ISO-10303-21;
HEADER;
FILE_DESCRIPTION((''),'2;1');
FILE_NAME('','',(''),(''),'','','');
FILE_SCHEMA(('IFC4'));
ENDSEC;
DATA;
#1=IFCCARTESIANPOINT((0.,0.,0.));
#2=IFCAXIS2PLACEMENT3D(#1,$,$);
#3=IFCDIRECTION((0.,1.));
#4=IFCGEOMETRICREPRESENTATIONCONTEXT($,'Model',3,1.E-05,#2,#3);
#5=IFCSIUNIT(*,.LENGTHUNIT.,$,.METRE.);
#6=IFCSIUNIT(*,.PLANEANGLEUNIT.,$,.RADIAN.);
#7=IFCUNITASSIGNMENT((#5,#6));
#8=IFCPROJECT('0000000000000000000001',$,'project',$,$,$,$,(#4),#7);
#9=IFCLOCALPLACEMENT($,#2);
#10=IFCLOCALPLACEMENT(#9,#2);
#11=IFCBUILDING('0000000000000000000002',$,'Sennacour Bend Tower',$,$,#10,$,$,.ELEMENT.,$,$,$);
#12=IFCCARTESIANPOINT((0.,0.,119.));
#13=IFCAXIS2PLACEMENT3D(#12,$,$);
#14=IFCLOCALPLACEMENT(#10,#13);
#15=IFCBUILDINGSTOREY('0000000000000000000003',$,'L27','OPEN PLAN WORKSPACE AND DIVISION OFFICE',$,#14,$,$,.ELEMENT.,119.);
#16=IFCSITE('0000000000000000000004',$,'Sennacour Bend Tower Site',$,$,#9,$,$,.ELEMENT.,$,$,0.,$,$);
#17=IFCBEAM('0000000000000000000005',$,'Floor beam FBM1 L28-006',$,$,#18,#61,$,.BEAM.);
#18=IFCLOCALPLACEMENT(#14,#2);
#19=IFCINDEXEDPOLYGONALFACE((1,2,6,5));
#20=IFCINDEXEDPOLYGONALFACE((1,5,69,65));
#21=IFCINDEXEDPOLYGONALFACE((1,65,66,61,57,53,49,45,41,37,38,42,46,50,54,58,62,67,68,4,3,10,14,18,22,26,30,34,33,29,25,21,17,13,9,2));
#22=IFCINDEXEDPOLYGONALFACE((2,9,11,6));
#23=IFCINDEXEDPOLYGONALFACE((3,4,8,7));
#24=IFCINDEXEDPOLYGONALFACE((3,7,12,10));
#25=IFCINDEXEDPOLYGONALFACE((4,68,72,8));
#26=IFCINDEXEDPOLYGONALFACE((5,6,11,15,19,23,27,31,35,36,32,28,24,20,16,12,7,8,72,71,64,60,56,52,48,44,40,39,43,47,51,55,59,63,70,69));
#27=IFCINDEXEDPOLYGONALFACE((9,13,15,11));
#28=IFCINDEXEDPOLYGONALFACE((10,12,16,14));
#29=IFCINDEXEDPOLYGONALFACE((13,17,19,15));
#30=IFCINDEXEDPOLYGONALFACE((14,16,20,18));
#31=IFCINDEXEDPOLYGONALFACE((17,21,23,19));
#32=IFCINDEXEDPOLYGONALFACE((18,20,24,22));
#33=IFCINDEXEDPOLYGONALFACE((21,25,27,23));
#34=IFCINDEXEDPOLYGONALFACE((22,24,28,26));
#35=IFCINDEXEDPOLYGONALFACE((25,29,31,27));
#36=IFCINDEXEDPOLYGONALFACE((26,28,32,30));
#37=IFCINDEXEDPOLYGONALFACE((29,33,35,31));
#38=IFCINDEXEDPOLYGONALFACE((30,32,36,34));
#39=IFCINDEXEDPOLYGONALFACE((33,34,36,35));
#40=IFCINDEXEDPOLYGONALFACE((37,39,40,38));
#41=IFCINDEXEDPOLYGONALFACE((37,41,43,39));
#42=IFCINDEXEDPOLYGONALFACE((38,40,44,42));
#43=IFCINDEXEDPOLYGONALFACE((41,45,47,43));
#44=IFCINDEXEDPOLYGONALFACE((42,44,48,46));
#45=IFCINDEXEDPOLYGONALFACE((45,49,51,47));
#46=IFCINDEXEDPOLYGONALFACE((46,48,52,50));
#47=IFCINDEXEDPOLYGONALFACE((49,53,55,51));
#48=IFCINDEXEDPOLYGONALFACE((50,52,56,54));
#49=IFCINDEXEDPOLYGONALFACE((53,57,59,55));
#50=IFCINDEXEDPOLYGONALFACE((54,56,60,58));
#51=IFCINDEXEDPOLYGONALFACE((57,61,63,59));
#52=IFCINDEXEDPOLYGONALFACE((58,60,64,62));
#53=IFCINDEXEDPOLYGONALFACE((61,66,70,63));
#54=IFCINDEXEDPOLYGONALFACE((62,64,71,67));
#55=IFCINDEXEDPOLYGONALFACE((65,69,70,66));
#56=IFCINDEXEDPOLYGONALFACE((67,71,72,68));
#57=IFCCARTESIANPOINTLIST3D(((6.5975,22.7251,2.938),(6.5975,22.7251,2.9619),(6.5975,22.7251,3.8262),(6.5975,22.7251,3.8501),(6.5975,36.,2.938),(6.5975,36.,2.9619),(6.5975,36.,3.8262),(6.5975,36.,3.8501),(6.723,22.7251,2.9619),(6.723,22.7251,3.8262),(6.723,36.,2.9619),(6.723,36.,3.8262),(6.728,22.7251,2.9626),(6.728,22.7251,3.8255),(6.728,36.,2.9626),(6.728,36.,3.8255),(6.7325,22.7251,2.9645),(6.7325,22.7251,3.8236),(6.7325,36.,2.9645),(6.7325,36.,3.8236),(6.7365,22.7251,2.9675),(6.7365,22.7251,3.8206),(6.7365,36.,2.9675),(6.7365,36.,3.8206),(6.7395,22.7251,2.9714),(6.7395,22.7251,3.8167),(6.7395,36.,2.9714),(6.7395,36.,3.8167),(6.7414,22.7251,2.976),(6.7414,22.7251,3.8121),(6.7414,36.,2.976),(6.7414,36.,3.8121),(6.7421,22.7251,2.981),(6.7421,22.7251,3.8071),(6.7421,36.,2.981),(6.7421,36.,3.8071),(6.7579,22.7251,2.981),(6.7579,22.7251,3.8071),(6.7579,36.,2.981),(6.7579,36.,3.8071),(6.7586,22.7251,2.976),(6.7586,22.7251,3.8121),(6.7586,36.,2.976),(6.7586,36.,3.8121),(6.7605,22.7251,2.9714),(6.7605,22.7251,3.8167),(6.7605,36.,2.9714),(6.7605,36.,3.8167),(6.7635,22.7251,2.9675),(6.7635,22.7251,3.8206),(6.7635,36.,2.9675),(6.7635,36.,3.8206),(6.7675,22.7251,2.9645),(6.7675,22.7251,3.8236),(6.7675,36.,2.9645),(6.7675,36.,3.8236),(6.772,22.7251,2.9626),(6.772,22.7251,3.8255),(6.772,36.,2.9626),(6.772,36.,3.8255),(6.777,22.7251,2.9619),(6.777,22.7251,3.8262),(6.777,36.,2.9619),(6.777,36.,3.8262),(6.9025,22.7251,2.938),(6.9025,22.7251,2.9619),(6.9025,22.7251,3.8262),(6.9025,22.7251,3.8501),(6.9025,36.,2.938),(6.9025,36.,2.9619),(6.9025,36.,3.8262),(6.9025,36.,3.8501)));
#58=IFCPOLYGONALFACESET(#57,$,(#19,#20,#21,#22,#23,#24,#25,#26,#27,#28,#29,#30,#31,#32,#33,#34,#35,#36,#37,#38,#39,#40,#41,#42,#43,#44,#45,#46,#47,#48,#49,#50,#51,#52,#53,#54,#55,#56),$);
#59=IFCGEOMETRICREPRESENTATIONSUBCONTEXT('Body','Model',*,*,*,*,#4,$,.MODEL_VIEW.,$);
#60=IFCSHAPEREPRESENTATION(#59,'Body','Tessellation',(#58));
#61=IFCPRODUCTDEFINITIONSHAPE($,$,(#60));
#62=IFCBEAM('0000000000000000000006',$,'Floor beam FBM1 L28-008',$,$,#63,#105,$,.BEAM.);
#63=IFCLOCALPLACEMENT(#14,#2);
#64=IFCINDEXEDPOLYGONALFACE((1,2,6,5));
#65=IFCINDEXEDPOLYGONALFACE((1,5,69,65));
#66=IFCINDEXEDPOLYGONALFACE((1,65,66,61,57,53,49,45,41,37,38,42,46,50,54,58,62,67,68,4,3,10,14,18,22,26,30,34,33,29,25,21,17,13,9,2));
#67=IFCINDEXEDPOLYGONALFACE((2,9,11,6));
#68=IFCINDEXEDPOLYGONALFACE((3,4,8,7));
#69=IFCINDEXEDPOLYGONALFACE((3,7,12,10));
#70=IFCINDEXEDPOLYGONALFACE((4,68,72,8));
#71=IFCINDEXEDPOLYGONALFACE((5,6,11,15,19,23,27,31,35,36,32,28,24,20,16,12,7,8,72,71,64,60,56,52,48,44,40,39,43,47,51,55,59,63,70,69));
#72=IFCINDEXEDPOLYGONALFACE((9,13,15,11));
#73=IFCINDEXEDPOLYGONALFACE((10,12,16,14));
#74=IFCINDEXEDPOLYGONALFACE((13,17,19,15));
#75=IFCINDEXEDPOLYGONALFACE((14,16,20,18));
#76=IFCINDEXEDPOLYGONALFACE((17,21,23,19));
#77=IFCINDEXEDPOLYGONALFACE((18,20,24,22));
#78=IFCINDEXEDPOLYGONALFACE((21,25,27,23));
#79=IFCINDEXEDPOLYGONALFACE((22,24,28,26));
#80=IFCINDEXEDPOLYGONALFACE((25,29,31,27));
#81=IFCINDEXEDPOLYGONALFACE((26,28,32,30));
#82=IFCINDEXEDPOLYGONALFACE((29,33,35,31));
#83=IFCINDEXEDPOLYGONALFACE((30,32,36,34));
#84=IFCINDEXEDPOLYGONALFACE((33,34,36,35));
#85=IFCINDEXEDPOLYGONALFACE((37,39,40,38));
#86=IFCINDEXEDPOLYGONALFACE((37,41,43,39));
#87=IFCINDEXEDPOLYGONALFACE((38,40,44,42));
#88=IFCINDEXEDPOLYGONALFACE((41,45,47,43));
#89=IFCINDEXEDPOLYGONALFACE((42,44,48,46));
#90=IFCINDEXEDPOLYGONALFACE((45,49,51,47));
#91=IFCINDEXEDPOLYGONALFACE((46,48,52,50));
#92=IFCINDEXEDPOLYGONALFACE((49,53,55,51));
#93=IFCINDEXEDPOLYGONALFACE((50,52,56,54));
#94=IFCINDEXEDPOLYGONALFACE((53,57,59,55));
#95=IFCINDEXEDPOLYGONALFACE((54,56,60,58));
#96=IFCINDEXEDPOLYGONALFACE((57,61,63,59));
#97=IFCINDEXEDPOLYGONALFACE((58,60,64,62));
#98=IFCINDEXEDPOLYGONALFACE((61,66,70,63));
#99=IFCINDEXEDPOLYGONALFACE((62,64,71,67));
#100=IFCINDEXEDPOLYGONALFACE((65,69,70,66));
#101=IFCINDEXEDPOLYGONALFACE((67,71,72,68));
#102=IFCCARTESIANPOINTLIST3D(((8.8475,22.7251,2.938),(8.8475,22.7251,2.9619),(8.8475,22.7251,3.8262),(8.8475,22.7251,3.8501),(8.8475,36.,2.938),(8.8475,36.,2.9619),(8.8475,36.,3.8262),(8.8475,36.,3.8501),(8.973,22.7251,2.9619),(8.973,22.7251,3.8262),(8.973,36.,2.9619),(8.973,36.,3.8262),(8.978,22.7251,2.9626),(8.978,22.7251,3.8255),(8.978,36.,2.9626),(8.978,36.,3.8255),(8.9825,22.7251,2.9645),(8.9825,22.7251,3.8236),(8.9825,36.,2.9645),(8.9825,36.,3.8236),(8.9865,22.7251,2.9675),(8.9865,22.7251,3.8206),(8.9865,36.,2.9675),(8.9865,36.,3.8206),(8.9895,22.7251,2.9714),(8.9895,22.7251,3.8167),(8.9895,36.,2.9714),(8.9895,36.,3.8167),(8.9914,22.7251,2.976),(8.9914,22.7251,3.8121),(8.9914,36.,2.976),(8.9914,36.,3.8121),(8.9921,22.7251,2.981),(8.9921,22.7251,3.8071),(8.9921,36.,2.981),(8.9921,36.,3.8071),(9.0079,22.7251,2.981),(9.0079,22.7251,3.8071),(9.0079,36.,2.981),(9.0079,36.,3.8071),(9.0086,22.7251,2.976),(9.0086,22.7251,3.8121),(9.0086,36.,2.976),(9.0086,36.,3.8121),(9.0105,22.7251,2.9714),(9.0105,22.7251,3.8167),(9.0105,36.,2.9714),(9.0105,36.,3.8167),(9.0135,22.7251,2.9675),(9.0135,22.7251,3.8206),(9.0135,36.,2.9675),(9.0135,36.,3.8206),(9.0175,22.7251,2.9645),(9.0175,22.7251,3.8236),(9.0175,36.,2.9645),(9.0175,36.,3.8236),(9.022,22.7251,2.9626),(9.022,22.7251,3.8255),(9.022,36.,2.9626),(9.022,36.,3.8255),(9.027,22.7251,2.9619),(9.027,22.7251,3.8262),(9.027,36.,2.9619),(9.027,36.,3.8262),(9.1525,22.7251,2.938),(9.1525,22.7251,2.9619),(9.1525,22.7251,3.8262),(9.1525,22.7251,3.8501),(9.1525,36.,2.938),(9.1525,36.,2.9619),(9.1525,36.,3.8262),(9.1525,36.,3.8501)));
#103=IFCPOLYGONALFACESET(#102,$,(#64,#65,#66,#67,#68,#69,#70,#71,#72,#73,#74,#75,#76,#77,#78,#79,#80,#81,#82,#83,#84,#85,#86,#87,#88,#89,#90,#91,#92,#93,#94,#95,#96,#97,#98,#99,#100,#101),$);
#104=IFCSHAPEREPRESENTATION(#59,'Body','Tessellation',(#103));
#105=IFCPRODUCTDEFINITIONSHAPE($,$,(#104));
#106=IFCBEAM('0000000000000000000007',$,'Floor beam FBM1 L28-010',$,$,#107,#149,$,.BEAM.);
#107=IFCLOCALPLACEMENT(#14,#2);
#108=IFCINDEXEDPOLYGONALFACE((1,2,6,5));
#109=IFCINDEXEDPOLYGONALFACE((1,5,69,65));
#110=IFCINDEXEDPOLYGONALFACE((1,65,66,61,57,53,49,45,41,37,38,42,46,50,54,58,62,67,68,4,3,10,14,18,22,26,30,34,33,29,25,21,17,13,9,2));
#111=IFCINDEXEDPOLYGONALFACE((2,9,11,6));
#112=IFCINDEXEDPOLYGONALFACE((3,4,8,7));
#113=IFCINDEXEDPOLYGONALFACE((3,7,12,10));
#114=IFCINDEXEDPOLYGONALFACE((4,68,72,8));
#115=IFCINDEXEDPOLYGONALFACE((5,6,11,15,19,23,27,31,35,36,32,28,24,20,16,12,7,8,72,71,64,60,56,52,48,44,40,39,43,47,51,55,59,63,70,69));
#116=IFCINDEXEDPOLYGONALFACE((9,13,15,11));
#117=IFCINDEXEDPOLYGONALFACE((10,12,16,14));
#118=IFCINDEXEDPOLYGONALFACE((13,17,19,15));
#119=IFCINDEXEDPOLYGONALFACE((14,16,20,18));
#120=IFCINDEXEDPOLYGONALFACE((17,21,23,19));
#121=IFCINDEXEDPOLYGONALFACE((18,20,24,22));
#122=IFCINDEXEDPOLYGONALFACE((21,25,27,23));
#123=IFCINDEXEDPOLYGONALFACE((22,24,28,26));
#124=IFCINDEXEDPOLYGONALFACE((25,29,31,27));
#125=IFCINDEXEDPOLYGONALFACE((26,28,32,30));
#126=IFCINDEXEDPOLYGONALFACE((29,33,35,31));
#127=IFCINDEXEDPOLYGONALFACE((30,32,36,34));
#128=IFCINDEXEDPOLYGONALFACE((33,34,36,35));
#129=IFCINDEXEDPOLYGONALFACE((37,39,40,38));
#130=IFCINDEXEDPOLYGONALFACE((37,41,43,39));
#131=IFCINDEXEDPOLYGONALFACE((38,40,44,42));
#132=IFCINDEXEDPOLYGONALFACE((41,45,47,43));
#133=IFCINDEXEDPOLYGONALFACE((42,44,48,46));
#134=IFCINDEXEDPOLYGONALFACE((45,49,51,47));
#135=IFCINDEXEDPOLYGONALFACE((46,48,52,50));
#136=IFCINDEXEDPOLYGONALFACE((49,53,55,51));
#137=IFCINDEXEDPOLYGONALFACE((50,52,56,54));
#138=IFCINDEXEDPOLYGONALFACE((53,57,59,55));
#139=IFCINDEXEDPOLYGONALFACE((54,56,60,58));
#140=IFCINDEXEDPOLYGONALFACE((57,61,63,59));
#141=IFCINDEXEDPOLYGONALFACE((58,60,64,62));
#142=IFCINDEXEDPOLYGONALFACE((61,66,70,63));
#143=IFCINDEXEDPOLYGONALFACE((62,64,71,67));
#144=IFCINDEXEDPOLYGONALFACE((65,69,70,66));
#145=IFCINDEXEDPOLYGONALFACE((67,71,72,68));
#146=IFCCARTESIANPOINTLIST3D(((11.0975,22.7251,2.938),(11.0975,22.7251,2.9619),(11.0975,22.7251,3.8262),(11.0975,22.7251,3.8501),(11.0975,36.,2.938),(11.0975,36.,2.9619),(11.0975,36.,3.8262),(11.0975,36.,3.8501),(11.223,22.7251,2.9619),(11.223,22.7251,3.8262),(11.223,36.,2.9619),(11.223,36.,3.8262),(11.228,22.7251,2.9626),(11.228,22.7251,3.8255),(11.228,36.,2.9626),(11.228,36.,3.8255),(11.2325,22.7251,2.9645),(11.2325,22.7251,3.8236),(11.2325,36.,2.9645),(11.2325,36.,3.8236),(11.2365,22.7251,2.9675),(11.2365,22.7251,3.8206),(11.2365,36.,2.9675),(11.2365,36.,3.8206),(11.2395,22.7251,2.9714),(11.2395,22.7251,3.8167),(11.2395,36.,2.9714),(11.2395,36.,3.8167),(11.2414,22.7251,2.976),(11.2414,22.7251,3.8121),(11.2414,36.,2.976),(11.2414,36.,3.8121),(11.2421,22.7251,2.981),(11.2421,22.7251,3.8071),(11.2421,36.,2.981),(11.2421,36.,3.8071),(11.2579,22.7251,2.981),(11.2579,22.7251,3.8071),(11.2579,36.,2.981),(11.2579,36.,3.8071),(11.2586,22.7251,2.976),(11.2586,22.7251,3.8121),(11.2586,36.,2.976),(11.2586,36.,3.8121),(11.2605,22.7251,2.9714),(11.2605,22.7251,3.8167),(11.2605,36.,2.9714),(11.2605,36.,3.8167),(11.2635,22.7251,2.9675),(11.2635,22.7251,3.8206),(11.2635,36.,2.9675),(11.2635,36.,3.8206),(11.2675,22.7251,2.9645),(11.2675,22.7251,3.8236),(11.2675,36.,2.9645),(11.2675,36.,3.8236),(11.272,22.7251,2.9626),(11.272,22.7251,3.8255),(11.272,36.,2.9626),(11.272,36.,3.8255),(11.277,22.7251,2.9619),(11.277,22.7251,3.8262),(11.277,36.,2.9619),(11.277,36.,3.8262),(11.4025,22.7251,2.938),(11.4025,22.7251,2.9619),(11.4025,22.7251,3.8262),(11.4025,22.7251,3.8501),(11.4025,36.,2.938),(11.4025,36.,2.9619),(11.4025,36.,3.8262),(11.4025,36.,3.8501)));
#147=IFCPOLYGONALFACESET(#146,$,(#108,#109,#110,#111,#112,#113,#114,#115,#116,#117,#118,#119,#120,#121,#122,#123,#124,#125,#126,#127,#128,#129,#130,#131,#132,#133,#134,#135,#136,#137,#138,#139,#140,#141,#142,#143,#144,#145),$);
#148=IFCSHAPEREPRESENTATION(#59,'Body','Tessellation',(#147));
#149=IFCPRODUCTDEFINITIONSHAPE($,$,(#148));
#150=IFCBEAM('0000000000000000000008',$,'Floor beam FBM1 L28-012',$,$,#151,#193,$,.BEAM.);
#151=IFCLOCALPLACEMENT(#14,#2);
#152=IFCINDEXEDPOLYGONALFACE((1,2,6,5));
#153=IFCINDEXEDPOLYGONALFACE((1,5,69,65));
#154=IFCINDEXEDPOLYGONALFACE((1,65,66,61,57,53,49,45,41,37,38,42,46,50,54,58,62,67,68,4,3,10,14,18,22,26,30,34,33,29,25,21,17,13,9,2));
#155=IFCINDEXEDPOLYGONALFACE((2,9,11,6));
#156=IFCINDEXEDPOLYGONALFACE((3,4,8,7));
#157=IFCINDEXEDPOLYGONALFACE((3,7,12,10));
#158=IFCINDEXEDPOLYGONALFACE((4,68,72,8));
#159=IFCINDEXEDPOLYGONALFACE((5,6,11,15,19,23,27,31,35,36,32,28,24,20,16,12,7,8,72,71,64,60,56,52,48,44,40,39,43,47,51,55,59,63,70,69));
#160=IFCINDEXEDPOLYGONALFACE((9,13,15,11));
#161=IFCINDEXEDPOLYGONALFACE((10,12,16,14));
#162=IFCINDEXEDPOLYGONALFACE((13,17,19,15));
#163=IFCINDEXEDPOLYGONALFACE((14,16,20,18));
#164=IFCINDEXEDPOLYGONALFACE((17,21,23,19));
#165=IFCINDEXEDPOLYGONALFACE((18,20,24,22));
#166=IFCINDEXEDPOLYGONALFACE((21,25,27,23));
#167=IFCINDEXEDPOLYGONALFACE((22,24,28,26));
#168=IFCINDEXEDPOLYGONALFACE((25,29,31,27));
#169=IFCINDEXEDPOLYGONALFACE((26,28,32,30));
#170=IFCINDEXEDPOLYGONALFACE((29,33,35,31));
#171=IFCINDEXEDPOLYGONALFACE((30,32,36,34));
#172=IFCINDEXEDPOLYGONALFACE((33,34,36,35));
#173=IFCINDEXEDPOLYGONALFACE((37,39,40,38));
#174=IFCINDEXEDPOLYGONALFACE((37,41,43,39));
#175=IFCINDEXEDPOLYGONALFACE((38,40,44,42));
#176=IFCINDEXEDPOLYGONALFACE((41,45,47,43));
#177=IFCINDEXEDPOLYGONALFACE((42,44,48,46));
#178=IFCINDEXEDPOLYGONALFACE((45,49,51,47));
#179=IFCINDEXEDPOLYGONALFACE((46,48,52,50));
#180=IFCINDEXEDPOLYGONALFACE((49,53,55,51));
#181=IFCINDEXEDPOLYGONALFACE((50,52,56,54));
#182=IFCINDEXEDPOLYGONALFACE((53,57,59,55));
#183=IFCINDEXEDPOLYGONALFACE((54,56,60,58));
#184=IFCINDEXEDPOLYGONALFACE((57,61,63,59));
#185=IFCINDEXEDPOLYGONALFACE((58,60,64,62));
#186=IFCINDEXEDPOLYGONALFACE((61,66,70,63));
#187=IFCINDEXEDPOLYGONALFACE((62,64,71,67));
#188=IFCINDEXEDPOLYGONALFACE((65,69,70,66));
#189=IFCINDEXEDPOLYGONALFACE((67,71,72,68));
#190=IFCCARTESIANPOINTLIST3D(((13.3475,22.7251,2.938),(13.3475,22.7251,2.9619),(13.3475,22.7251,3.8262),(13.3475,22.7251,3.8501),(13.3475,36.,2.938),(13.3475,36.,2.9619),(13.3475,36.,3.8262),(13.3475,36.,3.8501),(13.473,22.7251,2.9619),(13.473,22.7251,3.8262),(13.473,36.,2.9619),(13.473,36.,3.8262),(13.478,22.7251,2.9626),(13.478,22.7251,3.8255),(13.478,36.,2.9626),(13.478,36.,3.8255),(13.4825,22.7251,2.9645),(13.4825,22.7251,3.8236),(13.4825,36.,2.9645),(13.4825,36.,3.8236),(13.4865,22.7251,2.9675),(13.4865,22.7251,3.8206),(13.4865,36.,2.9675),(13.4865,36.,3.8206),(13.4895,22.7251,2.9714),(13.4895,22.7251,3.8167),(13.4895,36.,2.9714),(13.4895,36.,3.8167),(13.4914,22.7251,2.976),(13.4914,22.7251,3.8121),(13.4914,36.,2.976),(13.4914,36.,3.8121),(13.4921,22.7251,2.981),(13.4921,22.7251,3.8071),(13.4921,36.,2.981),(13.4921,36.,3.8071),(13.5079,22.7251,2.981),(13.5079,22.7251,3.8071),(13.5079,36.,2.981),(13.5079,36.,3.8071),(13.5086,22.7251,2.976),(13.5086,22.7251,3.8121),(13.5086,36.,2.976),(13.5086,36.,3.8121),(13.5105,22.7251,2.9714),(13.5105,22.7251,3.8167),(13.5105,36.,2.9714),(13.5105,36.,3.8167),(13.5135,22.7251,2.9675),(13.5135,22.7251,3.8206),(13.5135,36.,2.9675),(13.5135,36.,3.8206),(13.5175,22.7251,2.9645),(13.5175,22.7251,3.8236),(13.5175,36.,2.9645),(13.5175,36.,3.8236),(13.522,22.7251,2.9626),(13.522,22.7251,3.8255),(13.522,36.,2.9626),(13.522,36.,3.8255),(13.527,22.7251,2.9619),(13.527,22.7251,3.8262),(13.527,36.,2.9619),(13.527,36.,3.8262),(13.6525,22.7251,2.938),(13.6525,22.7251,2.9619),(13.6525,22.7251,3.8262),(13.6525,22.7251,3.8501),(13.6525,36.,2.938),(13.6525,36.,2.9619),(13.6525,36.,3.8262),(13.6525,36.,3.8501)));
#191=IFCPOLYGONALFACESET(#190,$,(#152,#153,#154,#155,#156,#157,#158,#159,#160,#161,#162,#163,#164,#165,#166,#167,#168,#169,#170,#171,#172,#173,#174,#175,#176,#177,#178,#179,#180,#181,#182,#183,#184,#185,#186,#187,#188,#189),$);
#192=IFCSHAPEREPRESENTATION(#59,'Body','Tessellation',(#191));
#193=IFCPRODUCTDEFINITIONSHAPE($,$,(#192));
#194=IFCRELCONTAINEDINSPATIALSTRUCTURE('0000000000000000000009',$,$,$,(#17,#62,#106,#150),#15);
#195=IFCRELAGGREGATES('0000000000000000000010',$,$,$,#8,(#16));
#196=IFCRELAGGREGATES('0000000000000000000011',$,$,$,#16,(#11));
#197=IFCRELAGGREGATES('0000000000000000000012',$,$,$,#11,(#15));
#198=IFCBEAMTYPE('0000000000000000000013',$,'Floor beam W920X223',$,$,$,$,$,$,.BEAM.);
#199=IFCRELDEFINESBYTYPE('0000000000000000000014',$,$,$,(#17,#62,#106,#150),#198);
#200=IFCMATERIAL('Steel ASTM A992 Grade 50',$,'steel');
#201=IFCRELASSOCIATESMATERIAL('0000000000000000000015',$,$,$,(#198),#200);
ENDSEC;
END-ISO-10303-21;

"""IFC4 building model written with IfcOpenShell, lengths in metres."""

from ifc_helpers import new_model, si_unit, direction, frame, origin, origin_2d, place, context, subcontext, project, spatial, i_section, extrude, material, material_profile, profile_set, type_object, element, save


model = new_model("IFC4")

# Units and contexts
model_context = context("Model", 3, precision=1e-05, world=origin(), true_north=direction((0.0, 1.0)))
body_context = subcontext(model_context, "Body", "Model", "MODEL_VIEW")
ifc_project = project(units=[si_unit("LENGTHUNIT", "METRE"), si_unit("PLANEANGLEUNIT", "RADIAN")], contexts=[model_context])

# Site, building, storey
site_placement = place(None, origin())
site = spatial("IfcSite", under=ifc_project, at=site_placement, Name="Sennacour Bend Tower Site", CompositionType="ELEMENT", RefElevation=0.0)
building_placement = place(site_placement, origin())
building = spatial("IfcBuilding", under=site, at=building_placement, Name="Sennacour Bend Tower", CompositionType="ELEMENT")
storey_placement = place(building_placement, frame((0.0, 0.0, 119.0)))
storey = spatial("IfcBuildingStorey", under=building, at=storey_placement, Name="L27", Description="OPEN PLAN WORKSPACE AND DIVISION OFFICE", CompositionType="ELEMENT", Elevation=119.0)

# Beams
ifc_material_1 = material(Name="Steel ASTM A992 Grade 50", Category="steel")
ifc_material_profile = material_profile(ifc_material_1, i_section(OverallWidth=0.3049, OverallDepth=0.9121, WebThickness=0.0159, FlangeThickness=0.0239, FilletRadius=0.019, at=origin_2d()), Name="Steel ASTM A992 Grade 50", Category="steel")
ifc_profile_set = profile_set([ifc_material_profile], Name="Steel ASTM A992 Grade 50")
beam_type = type_object("IfcBeamType", Name="Floor beam W920X223", PredefinedType="BEAM", material=ifc_profile_set)
for number, where, z_axis, x_axis, name in (
    (1, (6.75, 22.7251, 3.394), (0.0, 1.0, 0.0), (-1.0, 0.0, 0.0), "Floor beam FBM1 L28-006"),
    (2, (9.0, 22.7251, 3.394), (0.0, 1.0, 0.0), (-1.0, 0.0, 0.0), "Floor beam FBM1 L28-008"),
    (3, (11.25, 22.7251, 3.394), (0.0, 1.0, 0.0), (-1.0, 0.0, 0.0), "Floor beam FBM1 L28-010"),
    (4, (13.5, 22.7251, 3.394), (0.0, 1.0, 0.0), (-1.0, 0.0, 0.0), "Floor beam FBM1 L28-012"),
):
    element("IfcBeam", number, at=place(storey_placement, frame(where, z_axis=z_axis, x_axis=x_axis)), inside=storey, type_object=beam_type, Name=name, PredefinedType="BEAM", context=body_context, shape_type="SweptSolid", body=[
        extrude(i_section(OverallWidth=0.3049, OverallDepth=0.9121, WebThickness=0.0159, FlangeThickness=0.0239, FilletRadius=0.019, at=origin_2d()), origin(), (0.0, 0.0, 1.0), 13.2749),
    ])

save(model, "model.ifc")
